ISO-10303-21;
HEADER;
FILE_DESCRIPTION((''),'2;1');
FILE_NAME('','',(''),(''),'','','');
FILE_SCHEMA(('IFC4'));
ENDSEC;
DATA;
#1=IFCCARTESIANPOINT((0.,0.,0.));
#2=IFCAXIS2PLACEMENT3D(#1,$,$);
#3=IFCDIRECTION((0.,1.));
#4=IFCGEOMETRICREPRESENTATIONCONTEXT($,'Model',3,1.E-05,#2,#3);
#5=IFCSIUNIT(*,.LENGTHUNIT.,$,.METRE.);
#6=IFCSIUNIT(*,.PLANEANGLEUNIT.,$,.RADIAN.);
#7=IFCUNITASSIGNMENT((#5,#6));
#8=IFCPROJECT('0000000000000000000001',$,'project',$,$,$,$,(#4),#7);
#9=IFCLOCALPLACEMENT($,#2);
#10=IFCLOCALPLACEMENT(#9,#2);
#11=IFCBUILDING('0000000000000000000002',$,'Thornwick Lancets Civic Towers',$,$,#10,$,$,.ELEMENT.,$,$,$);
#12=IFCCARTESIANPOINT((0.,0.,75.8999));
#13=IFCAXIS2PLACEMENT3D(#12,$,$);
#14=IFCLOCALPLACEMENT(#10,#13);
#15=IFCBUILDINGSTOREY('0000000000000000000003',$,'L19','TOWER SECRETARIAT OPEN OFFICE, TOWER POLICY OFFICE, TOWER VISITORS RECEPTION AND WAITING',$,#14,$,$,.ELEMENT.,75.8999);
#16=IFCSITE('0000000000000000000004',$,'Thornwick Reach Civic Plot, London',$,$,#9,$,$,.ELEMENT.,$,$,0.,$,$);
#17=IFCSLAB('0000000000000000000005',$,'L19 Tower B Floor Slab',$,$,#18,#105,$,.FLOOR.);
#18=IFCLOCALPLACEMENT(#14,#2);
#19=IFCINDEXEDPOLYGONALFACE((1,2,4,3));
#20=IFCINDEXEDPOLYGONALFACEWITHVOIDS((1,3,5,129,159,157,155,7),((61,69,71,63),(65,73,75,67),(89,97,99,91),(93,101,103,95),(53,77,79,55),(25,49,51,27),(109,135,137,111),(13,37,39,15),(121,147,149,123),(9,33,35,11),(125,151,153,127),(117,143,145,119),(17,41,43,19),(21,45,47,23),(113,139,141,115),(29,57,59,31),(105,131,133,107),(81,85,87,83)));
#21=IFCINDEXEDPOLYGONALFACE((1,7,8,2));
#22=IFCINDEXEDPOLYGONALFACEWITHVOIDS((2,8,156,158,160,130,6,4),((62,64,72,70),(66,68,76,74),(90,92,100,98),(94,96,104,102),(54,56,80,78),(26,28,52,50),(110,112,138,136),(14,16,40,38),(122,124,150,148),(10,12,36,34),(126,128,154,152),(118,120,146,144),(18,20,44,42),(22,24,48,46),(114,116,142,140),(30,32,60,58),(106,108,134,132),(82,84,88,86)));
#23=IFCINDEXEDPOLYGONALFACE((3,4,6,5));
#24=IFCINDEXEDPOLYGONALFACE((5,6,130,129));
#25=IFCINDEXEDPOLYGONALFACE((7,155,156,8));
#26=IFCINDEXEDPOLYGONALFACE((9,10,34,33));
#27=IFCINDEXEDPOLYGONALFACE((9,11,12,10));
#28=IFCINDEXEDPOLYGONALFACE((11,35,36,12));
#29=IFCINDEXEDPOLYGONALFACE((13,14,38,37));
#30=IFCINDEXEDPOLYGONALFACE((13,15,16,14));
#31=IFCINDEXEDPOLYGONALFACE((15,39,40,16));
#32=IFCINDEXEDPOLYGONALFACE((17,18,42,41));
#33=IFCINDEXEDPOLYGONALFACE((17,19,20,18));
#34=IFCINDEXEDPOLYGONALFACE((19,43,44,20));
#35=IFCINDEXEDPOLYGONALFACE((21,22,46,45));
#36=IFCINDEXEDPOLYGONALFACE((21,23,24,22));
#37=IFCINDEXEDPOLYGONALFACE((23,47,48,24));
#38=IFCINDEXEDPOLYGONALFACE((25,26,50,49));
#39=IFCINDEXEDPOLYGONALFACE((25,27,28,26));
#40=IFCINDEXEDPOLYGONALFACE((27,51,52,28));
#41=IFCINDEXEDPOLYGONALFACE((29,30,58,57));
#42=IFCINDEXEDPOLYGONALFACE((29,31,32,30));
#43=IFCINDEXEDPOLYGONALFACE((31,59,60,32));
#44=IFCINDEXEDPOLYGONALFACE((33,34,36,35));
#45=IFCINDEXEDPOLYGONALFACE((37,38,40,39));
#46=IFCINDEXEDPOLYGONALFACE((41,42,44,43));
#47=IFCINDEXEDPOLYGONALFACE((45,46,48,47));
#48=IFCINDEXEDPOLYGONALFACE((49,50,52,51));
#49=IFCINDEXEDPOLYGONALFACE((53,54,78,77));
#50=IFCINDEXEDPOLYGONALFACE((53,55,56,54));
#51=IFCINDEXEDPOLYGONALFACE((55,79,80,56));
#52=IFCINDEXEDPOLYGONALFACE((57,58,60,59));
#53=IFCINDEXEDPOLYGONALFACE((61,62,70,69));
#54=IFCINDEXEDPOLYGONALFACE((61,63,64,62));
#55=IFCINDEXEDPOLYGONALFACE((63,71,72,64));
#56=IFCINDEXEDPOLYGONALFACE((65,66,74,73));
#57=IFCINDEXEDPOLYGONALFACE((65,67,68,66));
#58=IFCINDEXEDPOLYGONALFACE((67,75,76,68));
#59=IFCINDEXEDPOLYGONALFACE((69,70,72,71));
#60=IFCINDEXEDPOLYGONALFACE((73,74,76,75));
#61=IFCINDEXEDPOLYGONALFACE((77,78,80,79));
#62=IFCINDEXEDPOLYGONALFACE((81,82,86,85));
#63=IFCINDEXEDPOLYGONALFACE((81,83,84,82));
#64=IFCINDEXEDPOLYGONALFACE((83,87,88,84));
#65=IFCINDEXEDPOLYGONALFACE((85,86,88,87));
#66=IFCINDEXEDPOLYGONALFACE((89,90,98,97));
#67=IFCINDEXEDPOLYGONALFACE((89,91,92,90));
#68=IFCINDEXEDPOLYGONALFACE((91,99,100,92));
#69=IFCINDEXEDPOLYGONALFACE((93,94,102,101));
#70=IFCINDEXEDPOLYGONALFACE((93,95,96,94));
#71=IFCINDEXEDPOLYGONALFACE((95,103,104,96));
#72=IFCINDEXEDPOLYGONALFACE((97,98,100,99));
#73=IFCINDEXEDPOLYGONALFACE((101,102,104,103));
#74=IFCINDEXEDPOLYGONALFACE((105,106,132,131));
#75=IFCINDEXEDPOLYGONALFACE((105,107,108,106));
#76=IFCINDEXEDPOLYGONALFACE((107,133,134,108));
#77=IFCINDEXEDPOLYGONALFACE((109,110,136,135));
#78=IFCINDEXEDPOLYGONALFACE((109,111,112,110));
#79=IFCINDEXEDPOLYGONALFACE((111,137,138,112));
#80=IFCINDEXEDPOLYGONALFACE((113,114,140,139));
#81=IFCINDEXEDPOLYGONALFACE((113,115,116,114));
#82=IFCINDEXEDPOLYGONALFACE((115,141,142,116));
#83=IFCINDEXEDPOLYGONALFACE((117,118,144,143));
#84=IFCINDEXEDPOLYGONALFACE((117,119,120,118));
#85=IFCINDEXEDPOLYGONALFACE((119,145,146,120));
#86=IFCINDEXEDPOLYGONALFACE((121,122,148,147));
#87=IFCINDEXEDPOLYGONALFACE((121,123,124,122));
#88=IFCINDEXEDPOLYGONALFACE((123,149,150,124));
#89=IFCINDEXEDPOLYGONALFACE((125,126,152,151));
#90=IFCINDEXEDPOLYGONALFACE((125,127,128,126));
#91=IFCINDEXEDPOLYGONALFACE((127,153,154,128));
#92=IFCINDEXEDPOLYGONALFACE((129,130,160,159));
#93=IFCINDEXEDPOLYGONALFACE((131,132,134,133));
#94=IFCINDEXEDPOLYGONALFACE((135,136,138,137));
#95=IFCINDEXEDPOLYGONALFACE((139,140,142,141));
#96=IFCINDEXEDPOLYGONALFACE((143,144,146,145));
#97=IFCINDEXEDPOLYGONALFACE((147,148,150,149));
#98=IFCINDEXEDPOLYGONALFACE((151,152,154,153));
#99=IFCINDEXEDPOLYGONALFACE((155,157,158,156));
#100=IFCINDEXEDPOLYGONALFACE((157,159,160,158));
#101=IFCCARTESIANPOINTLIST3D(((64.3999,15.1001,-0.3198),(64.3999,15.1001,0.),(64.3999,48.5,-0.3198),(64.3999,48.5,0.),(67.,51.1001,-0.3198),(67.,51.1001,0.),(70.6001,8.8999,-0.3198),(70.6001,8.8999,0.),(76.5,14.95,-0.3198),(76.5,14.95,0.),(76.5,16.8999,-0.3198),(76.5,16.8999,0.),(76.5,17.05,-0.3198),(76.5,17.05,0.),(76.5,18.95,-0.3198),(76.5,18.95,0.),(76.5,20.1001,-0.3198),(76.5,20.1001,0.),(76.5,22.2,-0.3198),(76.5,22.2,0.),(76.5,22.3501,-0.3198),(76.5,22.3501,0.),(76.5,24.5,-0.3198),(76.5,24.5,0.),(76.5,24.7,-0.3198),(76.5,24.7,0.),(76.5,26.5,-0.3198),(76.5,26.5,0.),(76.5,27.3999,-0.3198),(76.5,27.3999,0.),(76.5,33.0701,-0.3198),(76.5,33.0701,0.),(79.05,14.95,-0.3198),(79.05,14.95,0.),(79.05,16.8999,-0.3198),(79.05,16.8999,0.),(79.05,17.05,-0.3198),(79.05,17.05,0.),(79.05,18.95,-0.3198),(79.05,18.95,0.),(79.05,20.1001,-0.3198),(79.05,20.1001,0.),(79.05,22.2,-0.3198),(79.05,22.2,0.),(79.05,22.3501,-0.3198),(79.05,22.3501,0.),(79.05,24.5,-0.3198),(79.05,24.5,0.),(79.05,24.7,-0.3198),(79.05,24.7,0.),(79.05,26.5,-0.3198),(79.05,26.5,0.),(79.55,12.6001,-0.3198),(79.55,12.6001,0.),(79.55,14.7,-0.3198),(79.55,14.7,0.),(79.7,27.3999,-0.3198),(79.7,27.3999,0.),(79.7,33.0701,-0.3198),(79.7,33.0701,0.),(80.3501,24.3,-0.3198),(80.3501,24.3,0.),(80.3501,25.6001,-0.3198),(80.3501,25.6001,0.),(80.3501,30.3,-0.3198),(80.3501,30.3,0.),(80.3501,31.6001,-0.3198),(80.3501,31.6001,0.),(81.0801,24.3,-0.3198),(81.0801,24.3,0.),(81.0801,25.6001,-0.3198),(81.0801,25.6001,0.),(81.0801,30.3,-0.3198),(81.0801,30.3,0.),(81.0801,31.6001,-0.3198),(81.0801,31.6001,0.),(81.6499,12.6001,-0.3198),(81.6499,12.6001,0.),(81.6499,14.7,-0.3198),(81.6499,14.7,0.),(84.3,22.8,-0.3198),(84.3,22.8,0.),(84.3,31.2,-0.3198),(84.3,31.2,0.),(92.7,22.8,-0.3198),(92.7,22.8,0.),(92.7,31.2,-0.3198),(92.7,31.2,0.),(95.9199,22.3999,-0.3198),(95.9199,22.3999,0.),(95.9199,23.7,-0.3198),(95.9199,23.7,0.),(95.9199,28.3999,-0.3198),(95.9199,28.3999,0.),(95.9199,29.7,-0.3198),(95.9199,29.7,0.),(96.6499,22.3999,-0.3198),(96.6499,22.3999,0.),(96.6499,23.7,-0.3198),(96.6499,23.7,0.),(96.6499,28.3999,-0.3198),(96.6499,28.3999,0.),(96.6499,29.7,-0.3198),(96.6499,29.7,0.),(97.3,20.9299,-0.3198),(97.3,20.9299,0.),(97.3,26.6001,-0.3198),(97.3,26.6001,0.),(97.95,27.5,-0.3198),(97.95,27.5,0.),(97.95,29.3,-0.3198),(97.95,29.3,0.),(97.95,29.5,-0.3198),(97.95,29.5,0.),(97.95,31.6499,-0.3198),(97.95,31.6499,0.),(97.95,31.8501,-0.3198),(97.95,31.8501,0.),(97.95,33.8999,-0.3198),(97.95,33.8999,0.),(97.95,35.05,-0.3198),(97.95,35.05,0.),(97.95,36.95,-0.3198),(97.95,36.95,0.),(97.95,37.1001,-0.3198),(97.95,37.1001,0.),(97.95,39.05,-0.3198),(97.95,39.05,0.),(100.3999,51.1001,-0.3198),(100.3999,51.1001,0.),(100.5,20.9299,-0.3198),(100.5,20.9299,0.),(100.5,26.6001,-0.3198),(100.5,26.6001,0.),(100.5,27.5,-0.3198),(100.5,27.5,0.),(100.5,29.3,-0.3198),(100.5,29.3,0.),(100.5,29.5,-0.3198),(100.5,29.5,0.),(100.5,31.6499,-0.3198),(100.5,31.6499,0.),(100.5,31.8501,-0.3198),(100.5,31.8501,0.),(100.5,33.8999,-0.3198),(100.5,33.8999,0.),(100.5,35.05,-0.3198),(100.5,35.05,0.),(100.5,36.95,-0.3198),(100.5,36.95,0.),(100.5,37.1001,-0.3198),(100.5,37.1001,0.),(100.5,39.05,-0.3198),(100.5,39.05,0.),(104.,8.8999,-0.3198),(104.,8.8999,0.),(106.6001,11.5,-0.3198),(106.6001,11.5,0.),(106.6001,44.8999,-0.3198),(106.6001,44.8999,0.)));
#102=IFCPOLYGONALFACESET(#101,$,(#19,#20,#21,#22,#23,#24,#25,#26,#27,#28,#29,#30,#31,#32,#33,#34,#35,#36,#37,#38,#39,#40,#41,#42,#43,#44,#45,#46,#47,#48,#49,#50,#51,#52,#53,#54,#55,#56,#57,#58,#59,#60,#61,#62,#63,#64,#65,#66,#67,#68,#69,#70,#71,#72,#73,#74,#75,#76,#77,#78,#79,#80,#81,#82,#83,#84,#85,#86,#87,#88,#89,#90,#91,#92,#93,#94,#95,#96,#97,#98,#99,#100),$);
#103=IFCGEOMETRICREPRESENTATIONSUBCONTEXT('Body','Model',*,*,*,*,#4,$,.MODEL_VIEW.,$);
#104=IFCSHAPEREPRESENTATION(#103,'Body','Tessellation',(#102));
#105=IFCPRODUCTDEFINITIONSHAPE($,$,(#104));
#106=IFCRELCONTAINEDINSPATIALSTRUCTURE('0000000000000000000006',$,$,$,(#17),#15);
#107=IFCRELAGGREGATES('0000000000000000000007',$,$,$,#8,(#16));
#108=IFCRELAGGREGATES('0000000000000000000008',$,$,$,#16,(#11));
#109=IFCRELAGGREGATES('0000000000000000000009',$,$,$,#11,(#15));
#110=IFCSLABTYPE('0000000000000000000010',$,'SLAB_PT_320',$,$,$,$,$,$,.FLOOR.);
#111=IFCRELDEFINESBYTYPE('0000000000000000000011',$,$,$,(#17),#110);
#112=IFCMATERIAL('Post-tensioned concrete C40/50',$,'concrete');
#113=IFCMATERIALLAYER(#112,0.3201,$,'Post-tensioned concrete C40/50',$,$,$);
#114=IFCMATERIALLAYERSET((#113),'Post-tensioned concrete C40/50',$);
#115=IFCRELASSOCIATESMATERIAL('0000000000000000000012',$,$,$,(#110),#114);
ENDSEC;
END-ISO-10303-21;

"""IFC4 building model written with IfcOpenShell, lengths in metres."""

from ifc_helpers import new_model, si_unit, direction, frame, origin, place, context, subcontext, project, spatial, polyline, outline, extrude, material, layer, layer_set, type_object, element, save


model = new_model("IFC4")

# Units and contexts
model_context = context("Model", 3, precision=1e-05, world=origin(), true_north=direction((0.0, 1.0)))
body_context = subcontext(model_context, "Body", "Model", "MODEL_VIEW")
ifc_project = project(units=[si_unit("LENGTHUNIT", "METRE"), si_unit("PLANEANGLEUNIT", "RADIAN")], contexts=[model_context])

# Site, building, storey
site_placement = place(None, origin())
site = spatial("IfcSite", under=ifc_project, at=site_placement, Name="Thornwick Reach Civic Plot, London", CompositionType="ELEMENT", RefElevation=0.0)
building_placement = place(site_placement, origin())
building = spatial("IfcBuilding", under=site, at=building_placement, Name="Thornwick Lancets Civic Towers", CompositionType="ELEMENT")
storey_placement = place(building_placement, frame((0.0, 0.0, 75.8999)))
storey = spatial("IfcBuildingStorey", under=building, at=storey_placement, Name="L19", Description="TOWER SECRETARIAT OPEN OFFICE, TOWER POLICY OFFICE, TOWER VISITORS RECEPTION AND WAITING", CompositionType="ELEMENT", Elevation=75.8999)

# Slab
ifc_material_1 = material(Name="Post-tensioned concrete C40/50", Category="concrete")
ifc_layer_1 = layer(ifc_material_1, 0.3201, Name="Post-tensioned concrete C40/50")
ifc_layer_set_1 = layer_set([ifc_layer_1], Name="Post-tensioned concrete C40/50")
slab_type_1 = type_object("IfcSlabType", Name="SLAB_PT_320", PredefinedType="FLOOR", material=ifc_layer_set_1)
slab_1_placement = place(storey_placement, frame((0.0, 0.0, -0.3198)))
element("IfcSlab", 1, at=slab_1_placement, inside=storey, type_object=slab_type_1, Name="L19 Tower B Floor Slab", PredefinedType="FLOOR", context=body_context, shape_type="SweptSolid", body=[
    extrude(outline(polyline([(70.6001, 8.8999), (104.0, 8.8999), (106.6001, 11.5), (106.6001, 44.8999), (100.3999, 51.1001), (67.0, 51.1001), (64.3999, 48.5), (64.3999, 15.1001), (70.6001, 8.8999)]), holes=[polyline([(84.3, 22.8), (92.7, 22.8), (92.7, 31.2), (84.3, 31.2), (84.3, 22.8)]), polyline([(100.5, 20.9299), (100.5, 26.6001), (97.3, 26.6001), (97.3, 20.9299), (100.5, 20.9299)]), polyline([(76.5, 33.0701), (76.5, 27.3999), (79.7, 27.3999), (79.7, 33.0701), (76.5, 33.0701)]), polyline([(97.95, 27.5), (100.5, 27.5), (100.5, 29.3), (97.95, 29.3), (97.95, 27.5)]), polyline([(97.95, 29.5), (100.5, 29.5), (100.5, 31.6499), (97.95, 31.6499), (97.95, 29.5)]), polyline([(97.95, 31.8501), (100.5, 31.8501), (100.5, 33.8999), (97.95, 33.8999), (97.95, 31.8501)]), polyline([(97.95, 35.05), (100.5, 35.05), (100.5, 36.95), (97.95, 36.95), (97.95, 35.05)]), polyline([(97.95, 37.1001), (100.5, 37.1001), (100.5, 39.05), (97.95, 39.05), (97.95, 37.1001)]), polyline([(76.5, 24.7), (79.05, 24.7), (79.05, 26.5), (76.5, 26.5), (76.5, 24.7)]), polyline([(76.5, 22.3501), (79.05, 22.3501), (79.05, 24.5), (76.5, 24.5), (76.5, 22.3501)]), polyline([(76.5, 20.1001), (79.05, 20.1001), (79.05, 22.2), (76.5, 22.2), (76.5, 20.1001)]), polyline([(76.5, 17.05), (79.05, 17.05), (79.05, 18.95), (76.5, 18.95), (76.5, 17.05)]), polyline([(76.5, 14.95), (79.05, 14.95), (79.05, 16.8999), (76.5, 16.8999), (76.5, 14.95)]), polyline([(79.55, 12.6001), (81.6499, 12.6001), (81.6499, 14.7), (79.55, 14.7), (79.55, 12.6001)]), polyline([(95.9199, 28.3999), (96.6499, 28.3999), (96.6499, 29.7), (95.9199, 29.7), (95.9199, 28.3999)]), polyline([(95.9199, 22.3999), (96.6499, 22.3999), (96.6499, 23.7), (95.9199, 23.7), (95.9199, 22.3999)]), polyline([(80.3501, 24.3), (81.0801, 24.3), (81.0801, 25.6001), (80.3501, 25.6001), (80.3501, 24.3)]), polyline([(80.3501, 30.3), (81.0801, 30.3), (81.0801, 31.6001), (80.3501, 31.6001), (80.3501, 30.3)])]), origin(), (0.0, 0.0, 1.0), 0.3198),
])

save(model, "model.ifc")
